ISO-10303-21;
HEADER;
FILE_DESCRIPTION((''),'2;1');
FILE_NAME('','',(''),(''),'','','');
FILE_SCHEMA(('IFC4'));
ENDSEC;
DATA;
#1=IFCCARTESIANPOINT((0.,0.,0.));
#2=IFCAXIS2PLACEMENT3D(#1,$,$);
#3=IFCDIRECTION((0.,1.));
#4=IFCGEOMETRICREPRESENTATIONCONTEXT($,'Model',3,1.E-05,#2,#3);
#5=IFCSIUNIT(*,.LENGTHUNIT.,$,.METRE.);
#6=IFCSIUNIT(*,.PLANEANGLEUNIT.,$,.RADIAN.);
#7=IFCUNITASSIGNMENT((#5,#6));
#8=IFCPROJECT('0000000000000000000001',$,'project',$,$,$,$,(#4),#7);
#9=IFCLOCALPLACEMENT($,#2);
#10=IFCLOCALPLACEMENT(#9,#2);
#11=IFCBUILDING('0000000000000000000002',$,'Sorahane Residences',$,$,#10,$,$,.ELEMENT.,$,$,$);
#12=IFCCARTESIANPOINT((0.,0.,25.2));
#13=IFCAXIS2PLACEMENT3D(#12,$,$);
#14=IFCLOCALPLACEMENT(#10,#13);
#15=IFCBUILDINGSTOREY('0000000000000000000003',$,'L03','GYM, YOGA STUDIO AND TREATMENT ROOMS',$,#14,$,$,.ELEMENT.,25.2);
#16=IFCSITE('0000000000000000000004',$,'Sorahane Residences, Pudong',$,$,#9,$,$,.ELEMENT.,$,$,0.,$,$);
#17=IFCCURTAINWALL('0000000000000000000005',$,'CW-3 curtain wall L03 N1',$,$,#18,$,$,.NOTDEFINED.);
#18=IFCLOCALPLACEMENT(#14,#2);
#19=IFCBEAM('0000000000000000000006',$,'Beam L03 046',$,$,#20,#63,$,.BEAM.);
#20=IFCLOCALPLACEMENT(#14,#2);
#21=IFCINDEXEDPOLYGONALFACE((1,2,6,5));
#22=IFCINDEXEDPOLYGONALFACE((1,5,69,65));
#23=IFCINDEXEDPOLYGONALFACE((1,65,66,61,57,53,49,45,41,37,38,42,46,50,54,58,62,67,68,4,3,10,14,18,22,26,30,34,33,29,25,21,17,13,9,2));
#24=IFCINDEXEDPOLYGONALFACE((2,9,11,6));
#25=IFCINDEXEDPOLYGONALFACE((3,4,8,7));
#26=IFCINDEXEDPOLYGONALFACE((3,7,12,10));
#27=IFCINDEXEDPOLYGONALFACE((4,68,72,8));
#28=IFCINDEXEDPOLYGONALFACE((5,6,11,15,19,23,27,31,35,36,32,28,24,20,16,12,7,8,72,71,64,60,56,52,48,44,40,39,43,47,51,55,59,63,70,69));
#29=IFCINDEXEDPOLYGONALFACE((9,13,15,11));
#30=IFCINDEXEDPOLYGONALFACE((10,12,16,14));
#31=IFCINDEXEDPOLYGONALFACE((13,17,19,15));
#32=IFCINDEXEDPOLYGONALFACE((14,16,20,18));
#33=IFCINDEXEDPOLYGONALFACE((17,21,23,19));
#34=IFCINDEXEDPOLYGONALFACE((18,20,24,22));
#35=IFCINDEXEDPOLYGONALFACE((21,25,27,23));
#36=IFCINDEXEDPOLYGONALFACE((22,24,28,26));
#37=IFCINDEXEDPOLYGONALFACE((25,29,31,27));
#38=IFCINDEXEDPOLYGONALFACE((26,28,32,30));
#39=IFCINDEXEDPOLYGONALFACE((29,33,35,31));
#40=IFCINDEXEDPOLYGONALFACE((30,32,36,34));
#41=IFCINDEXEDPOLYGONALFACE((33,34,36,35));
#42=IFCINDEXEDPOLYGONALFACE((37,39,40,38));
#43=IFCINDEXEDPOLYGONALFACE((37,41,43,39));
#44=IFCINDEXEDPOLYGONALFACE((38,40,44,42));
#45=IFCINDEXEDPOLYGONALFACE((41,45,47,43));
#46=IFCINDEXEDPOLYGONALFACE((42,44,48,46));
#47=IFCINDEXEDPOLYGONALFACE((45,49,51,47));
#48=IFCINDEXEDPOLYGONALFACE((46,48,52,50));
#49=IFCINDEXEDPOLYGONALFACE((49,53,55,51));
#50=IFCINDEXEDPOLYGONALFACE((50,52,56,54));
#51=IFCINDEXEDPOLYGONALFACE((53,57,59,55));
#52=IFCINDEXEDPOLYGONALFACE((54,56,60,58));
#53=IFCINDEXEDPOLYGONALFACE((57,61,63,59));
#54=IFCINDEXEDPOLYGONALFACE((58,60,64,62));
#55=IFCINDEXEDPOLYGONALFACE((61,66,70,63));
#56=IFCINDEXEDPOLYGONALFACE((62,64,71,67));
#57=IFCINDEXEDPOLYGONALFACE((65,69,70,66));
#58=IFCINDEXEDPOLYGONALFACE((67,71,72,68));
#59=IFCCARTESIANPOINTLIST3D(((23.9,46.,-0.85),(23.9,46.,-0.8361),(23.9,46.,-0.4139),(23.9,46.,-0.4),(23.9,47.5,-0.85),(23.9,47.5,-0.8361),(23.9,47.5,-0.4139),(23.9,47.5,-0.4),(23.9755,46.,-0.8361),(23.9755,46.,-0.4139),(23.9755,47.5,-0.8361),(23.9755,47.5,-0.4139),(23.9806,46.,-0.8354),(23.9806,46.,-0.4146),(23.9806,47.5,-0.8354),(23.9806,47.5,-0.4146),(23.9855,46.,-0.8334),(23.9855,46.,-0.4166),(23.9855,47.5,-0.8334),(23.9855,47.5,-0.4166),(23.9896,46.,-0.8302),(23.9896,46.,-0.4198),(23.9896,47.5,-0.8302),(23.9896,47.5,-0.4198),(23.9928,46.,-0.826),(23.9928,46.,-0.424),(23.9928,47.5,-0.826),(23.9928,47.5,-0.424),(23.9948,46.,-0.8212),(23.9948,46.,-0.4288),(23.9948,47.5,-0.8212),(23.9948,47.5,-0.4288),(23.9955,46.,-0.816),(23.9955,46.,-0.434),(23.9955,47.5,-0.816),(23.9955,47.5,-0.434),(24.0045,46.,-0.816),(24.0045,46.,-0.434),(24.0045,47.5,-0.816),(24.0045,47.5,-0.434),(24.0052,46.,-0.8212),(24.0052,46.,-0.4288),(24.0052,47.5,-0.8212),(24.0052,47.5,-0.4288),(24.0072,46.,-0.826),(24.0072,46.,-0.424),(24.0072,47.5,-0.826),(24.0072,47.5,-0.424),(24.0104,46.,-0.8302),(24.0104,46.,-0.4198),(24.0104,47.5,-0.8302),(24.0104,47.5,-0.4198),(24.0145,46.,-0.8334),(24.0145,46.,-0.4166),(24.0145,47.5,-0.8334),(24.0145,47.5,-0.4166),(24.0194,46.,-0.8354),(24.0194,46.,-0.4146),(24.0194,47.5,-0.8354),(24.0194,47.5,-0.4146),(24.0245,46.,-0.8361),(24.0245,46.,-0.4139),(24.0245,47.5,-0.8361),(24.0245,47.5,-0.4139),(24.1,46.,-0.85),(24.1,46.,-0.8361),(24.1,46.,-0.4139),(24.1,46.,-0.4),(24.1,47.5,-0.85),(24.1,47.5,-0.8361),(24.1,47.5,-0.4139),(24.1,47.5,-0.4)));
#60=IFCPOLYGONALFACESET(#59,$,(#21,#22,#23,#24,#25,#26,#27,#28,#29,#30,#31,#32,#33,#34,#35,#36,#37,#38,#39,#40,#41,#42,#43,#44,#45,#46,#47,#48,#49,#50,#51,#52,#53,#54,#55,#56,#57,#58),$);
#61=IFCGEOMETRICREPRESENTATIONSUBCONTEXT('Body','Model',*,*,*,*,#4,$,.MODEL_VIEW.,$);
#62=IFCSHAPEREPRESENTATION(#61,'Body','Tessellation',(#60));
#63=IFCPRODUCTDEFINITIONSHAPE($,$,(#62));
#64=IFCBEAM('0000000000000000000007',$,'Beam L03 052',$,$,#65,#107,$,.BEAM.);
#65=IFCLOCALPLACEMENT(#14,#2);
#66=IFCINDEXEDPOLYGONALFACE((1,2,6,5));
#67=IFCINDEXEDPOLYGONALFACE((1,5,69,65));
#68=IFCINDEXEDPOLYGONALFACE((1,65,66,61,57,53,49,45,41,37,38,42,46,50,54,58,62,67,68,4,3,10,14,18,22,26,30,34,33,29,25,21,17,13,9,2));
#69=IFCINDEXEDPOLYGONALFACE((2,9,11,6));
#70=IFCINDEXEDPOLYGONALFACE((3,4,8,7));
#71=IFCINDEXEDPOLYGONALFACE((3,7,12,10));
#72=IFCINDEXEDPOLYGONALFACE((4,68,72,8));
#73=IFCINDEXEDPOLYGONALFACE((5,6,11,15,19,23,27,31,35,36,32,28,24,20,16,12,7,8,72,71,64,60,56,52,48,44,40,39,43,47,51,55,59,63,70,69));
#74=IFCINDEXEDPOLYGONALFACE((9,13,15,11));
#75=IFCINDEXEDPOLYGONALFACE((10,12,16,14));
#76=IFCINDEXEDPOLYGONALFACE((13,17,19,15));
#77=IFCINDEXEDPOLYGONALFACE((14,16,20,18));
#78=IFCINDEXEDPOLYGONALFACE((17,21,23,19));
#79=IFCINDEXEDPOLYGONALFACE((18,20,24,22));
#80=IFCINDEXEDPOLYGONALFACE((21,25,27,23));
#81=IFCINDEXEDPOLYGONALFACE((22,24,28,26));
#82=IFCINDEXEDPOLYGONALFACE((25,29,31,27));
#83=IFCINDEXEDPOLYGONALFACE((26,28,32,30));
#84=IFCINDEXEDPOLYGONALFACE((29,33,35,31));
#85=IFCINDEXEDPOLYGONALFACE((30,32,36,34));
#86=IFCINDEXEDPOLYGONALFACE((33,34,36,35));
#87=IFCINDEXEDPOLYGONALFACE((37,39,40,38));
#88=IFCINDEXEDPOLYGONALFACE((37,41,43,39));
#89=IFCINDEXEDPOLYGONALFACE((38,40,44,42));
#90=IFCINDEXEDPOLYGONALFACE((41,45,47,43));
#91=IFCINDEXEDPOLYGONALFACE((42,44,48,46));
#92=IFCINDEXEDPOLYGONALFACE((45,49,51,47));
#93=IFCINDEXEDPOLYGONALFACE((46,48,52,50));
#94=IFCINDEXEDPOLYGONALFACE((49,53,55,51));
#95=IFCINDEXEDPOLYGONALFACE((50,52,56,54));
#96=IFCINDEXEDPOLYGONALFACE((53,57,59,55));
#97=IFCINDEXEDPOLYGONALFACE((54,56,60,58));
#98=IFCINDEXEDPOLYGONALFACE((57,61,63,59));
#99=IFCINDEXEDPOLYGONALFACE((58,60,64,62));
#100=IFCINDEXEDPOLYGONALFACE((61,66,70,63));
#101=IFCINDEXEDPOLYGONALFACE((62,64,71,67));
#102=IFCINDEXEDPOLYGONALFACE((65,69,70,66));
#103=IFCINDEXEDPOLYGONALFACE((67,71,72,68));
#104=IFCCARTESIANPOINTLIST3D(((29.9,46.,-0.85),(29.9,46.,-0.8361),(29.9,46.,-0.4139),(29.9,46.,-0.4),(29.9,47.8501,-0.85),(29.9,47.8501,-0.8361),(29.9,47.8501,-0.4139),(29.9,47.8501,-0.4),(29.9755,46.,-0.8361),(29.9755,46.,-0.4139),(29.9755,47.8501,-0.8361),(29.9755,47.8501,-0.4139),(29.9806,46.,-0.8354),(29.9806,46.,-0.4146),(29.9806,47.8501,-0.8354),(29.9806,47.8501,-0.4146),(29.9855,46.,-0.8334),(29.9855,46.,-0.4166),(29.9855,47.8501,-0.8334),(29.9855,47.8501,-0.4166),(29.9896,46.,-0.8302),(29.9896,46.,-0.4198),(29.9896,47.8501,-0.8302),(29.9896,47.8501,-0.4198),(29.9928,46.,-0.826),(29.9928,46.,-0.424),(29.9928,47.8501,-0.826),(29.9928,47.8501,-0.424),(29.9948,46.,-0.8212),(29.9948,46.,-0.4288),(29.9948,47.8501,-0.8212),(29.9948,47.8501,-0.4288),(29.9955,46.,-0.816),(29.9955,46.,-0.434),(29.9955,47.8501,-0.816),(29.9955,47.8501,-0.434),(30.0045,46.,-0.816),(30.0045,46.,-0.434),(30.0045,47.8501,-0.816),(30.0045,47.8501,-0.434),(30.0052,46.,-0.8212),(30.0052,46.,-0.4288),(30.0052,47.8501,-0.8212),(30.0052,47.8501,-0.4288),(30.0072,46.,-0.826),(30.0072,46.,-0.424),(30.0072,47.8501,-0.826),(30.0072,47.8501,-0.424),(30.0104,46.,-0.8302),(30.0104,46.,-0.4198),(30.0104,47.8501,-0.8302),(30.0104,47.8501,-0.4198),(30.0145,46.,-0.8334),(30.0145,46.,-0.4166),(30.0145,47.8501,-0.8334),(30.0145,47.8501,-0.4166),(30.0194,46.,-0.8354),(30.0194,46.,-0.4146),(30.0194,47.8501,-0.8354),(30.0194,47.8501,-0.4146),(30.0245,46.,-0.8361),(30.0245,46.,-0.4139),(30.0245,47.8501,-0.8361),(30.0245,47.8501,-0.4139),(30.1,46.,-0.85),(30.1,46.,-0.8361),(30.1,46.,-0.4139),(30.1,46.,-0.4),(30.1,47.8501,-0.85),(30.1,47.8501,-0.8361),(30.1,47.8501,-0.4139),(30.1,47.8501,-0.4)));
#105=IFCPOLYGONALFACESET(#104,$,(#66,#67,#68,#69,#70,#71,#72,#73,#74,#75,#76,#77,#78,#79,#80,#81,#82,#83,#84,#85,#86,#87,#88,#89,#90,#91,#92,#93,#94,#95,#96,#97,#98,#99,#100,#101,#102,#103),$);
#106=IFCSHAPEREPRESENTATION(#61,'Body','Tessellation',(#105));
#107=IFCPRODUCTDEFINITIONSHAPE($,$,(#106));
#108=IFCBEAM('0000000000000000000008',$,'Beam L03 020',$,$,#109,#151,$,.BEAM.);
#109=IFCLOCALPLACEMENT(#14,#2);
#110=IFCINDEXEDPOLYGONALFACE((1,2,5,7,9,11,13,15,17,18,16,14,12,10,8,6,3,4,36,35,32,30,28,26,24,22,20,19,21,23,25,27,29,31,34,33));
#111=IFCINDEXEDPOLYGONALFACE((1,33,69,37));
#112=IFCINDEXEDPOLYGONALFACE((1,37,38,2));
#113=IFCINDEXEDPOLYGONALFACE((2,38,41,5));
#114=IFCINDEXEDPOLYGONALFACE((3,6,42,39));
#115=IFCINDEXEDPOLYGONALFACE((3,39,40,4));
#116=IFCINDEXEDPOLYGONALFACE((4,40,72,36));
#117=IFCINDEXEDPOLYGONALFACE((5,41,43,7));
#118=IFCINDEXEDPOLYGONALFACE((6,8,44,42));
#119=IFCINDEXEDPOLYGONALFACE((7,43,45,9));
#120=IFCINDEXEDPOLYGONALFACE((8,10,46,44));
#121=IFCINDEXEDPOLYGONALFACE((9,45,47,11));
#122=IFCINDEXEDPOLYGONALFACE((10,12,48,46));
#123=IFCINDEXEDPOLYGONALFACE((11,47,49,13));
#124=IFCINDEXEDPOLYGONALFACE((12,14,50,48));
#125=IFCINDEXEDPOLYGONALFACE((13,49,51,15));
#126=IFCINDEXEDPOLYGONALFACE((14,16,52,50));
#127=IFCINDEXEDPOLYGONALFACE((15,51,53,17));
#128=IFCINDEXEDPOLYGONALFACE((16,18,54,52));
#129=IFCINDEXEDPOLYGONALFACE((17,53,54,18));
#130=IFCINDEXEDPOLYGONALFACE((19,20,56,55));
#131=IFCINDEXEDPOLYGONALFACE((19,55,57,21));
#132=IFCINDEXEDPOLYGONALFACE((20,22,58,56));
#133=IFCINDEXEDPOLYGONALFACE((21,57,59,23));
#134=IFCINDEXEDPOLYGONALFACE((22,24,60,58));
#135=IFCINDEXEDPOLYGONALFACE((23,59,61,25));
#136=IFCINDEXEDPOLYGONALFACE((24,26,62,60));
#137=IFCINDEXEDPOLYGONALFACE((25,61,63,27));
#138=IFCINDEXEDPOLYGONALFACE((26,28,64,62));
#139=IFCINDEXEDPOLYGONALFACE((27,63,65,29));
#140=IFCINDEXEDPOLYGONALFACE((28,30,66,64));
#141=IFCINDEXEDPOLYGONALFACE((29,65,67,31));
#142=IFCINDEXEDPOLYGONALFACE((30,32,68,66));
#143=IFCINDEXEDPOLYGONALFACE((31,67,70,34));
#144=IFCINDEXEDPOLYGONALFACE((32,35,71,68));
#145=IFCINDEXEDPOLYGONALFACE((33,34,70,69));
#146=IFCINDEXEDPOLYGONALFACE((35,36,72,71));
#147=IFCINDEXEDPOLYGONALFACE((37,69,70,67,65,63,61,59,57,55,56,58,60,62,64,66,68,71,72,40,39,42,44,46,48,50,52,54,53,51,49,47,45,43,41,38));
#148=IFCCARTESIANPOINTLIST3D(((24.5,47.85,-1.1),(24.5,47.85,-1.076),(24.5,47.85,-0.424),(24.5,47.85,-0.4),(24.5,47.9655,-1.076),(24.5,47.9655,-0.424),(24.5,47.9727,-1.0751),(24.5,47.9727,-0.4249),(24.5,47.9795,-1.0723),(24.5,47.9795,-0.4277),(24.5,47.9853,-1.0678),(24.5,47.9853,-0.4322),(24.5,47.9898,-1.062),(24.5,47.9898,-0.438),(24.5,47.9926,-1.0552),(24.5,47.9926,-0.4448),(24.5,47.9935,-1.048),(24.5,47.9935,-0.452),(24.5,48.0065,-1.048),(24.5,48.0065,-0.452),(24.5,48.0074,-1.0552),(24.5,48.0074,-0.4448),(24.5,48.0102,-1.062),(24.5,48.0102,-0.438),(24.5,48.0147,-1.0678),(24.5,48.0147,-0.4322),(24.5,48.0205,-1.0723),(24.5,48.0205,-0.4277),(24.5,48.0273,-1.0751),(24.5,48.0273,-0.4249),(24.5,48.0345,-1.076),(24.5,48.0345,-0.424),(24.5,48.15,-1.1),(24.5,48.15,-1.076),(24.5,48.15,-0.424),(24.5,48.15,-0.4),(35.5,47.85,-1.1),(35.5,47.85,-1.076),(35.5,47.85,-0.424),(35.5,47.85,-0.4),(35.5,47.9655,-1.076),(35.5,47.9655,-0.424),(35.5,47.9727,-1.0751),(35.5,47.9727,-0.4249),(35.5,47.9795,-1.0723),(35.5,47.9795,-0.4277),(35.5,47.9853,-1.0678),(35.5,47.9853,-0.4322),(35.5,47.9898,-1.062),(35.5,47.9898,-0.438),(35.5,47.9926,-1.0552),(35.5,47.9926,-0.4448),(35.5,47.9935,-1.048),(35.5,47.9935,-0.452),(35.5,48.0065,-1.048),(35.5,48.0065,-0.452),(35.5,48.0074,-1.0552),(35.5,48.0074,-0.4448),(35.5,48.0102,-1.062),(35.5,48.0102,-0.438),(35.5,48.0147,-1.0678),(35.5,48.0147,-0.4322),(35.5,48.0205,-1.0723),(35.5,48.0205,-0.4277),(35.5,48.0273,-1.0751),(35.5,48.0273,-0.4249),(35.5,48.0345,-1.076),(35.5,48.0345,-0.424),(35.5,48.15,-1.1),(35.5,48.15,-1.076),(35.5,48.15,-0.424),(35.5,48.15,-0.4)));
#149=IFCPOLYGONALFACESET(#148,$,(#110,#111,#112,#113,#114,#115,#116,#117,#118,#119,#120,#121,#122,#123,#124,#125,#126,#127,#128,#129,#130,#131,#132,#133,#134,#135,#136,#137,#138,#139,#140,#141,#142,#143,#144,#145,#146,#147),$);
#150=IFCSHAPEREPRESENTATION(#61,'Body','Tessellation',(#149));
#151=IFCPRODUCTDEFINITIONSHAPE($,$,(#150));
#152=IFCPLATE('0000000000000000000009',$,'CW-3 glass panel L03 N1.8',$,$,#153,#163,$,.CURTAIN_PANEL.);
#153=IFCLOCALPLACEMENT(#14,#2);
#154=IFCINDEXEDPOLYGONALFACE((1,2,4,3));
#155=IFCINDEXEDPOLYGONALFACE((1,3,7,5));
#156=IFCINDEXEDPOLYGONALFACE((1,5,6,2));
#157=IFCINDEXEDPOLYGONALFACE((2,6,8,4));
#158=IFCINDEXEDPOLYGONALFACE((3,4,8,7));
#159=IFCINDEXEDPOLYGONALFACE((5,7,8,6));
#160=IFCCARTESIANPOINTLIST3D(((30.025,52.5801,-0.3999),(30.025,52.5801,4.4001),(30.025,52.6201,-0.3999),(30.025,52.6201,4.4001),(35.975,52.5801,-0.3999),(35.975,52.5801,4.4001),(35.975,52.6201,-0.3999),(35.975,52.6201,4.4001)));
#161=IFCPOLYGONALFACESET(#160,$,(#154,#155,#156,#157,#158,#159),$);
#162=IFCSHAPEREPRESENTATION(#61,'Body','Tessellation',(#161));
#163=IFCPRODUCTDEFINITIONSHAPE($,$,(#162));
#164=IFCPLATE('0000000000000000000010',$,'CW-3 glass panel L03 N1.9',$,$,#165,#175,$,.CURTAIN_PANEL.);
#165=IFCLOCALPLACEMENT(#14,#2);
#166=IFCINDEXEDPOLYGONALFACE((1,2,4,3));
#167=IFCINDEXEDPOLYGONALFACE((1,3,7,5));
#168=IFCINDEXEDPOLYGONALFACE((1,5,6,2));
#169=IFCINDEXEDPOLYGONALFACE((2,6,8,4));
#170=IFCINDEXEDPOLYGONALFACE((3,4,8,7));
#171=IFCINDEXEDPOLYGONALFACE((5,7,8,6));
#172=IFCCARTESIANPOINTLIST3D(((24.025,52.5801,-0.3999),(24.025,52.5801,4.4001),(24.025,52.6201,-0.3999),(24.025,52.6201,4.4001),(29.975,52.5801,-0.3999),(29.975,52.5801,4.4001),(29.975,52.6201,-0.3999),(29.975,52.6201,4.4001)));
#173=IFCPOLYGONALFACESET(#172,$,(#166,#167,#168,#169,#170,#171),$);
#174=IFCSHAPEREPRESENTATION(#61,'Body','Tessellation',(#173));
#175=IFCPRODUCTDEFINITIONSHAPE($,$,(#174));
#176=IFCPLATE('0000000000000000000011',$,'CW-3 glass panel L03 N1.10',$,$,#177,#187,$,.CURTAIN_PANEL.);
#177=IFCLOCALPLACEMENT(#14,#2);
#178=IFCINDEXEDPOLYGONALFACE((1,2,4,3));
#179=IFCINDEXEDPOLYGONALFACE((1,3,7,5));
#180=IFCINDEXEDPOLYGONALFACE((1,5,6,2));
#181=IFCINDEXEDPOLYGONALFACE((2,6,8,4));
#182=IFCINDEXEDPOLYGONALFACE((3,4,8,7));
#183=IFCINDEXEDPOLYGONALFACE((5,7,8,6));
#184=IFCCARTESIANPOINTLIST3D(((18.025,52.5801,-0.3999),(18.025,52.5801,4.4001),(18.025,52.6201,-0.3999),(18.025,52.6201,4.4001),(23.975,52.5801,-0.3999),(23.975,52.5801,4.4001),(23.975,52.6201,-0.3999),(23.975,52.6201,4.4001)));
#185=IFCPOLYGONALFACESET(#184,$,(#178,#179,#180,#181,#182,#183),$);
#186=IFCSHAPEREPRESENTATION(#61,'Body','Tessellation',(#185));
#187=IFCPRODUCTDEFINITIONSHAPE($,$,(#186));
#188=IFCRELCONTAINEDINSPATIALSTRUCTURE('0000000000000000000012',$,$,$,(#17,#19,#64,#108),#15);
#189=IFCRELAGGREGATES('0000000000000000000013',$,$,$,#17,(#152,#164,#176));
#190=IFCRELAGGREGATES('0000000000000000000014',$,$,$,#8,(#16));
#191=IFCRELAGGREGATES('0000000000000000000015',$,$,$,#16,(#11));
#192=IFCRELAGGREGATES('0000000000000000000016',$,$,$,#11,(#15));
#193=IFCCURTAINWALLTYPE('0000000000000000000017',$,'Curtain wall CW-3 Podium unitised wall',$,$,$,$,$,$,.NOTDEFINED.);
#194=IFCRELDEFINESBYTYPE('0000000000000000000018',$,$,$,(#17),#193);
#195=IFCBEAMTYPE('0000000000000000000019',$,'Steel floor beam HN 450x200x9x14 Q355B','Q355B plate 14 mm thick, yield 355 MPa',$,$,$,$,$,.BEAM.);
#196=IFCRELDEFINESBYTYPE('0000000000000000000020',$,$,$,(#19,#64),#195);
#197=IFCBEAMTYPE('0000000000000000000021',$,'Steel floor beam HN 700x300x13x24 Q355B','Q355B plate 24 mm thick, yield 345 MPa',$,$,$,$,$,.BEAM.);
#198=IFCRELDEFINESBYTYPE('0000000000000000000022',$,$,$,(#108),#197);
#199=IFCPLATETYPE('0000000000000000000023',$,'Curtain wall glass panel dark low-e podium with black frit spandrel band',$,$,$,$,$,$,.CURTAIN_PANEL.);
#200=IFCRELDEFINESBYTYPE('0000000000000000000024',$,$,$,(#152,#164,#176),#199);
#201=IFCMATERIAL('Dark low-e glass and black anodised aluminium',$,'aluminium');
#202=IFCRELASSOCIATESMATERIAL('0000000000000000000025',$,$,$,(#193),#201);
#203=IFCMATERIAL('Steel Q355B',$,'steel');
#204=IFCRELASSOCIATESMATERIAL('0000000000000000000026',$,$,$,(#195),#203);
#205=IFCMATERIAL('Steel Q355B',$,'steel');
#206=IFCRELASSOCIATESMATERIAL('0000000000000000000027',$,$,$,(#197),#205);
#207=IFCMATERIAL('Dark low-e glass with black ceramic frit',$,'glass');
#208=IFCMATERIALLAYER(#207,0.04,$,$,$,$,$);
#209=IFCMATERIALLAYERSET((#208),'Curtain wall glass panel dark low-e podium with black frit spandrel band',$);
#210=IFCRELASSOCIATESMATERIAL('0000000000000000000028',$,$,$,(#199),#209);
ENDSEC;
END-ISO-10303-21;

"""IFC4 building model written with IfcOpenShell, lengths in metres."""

from ifc_helpers import new_model, si_unit, direction, frame, origin, origin_2d, place, context, subcontext, project, spatial, rectangle, i_section, extrude, material, layer, layer_set, material_profile, profile_set, type_object, element, aggregate, save


model = new_model("IFC4")

# Units and contexts
model_context = context("Model", 3, precision=1e-05, world=origin(), true_north=direction((0.0, 1.0)))
body_context = subcontext(model_context, "Body", "Model", "MODEL_VIEW")
ifc_project = project(units=[si_unit("LENGTHUNIT", "METRE"), si_unit("PLANEANGLEUNIT", "RADIAN")], contexts=[model_context])

# Site, building, storey
site_placement = place(None, origin())
site = spatial("IfcSite", under=ifc_project, at=site_placement, Name="Sorahane Residences, Pudong", CompositionType="ELEMENT", RefElevation=0.0)
building_placement = place(site_placement, origin())
building = spatial("IfcBuilding", under=site, at=building_placement, Name="Sorahane Residences", CompositionType="ELEMENT")
storey_placement = place(building_placement, frame((0.0, 0.0, 25.2)))
storey = spatial("IfcBuildingStorey", under=building, at=storey_placement, Name="L03", Description="GYM, YOGA STUDIO AND TREATMENT ROOMS", CompositionType="ELEMENT", Elevation=25.2)

# Curtain wall
ifc_material_1 = material(Name="Dark low-e glass and black anodised aluminium", Category="aluminium")
curtain_wall_type = type_object("IfcCurtainWallType", Name="Curtain wall CW-3 Podium unitised wall", PredefinedType="NOTDEFINED", material=ifc_material_1)
curtain_wall_placement = place(storey_placement, origin())
curtain_wall = element("IfcCurtainWall", 1, at=curtain_wall_placement, inside=storey, type_object=curtain_wall_type, Name="CW-3 curtain wall L03 N1", PredefinedType="NOTDEFINED")

# Beams
ifc_material_2 = material(Name="Steel Q355B", Category="steel")
ifc_material_profile_1 = material_profile(ifc_material_2, i_section(OverallWidth=0.2, OverallDepth=0.45, WebThickness=0.009, FlangeThickness=0.0139, FilletRadius=0.02, at=origin_2d()), Name="HN 450x200x9x14")
ifc_profile_set_1 = profile_set([ifc_material_profile_1], Name="Steel Q355B")
beam_type_1 = type_object("IfcBeamType", Name="Steel floor beam HN 450x200x9x14 Q355B", Description="Q355B plate 14 mm thick, yield 355 MPa", PredefinedType="BEAM", material=ifc_profile_set_1)
beam_1_placement = place(storey_placement, frame((24.0, 46.0, -0.625), z_axis=(0.0, 1.0, 0.0), x_axis=(-1.0, 0.0, 0.0)))
element("IfcBeam", 2, at=beam_1_placement, inside=storey, type_object=beam_type_1, Name="Beam L03 046", PredefinedType="BEAM", context=body_context, shape_type="SweptSolid", body=[
    extrude(i_section(OverallWidth=0.2, OverallDepth=0.45, WebThickness=0.009, FlangeThickness=0.0139, FilletRadius=0.02, at=origin_2d()), origin(), (0.0, 0.0, 1.0), 1.5),
])
beam_2_placement = place(storey_placement, frame((30.0, 46.0, -0.625), z_axis=(0.0, 1.0, 0.0), x_axis=(-1.0, 0.0, 0.0)))
element("IfcBeam", 3, at=beam_2_placement, inside=storey, type_object=beam_type_1, Name="Beam L03 052", PredefinedType="BEAM", context=body_context, shape_type="SweptSolid", body=[
    extrude(i_section(OverallWidth=0.2, OverallDepth=0.45, WebThickness=0.009, FlangeThickness=0.0139, FilletRadius=0.02, at=origin_2d()), origin(), (0.0, 0.0, 1.0), 1.8501),
])
ifc_material_3 = material(Name="Steel Q355B", Category="steel")
ifc_material_profile_2 = material_profile(ifc_material_3, i_section(OverallWidth=0.3, OverallDepth=0.7, WebThickness=0.0129, FlangeThickness=0.0239, FilletRadius=0.0281, at=origin_2d()), Name="HN 700x300x13x24")
ifc_profile_set_2 = profile_set([ifc_material_profile_2], Name="Steel Q355B")
beam_type_2 = type_object("IfcBeamType", Name="Steel floor beam HN 700x300x13x24 Q355B", Description="Q355B plate 24 mm thick, yield 345 MPa", PredefinedType="BEAM", material=ifc_profile_set_2)
beam_3_placement = place(storey_placement, frame((24.5, 48.0, -0.75), z_axis=(1.0, 0.0, 0.0), x_axis=(0.0, 1.0, 0.0)))
element("IfcBeam", 4, at=beam_3_placement, inside=storey, type_object=beam_type_2, Name="Beam L03 020", PredefinedType="BEAM", context=body_context, shape_type="SweptSolid", body=[
    extrude(i_section(OverallWidth=0.3, OverallDepth=0.7, WebThickness=0.0129, FlangeThickness=0.0239, FilletRadius=0.0281, at=origin_2d()), origin(), (0.0, 0.0, 1.0), 11.0),
])

# Plates
ifc_material_4 = material(Name="Dark low-e glass with black ceramic frit", Category="glass")
ifc_layer_1 = layer(ifc_material_4, 0.04)
ifc_layer_set_1 = layer_set([ifc_layer_1], Name="Curtain wall glass panel dark low-e podium with black frit spandrel band")
plate_type = type_object("IfcPlateType", Name="Curtain wall glass panel dark low-e podium with black frit spandrel band", PredefinedType="CURTAIN_PANEL", material=ifc_layer_set_1)
plate_1_placement = place(storey_placement, frame((33.0, 52.6001, -0.3999), z_axis=(0.0, 0.0, 1.0), x_axis=(-1.0, 0.0, 0.0)))
plate_1 = element("IfcPlate", 5, at=plate_1_placement, type_object=plate_type, Name="CW-3 glass panel L03 N1.8", PredefinedType="CURTAIN_PANEL", context=body_context, shape_type="SweptSolid", body=[
    extrude(rectangle(XDim=5.95, YDim=0.04, at=origin_2d()), origin(), (0.0, 0.0, 1.0), 4.8),
])
plate_2_placement = place(storey_placement, frame((27.0, 52.6001, -0.3999), z_axis=(0.0, 0.0, 1.0), x_axis=(-1.0, 0.0, 0.0)))
plate_2 = element("IfcPlate", 6, at=plate_2_placement, type_object=plate_type, Name="CW-3 glass panel L03 N1.9", PredefinedType="CURTAIN_PANEL", context=body_context, shape_type="SweptSolid", body=[
    extrude(rectangle(XDim=5.95, YDim=0.04, at=origin_2d()), origin(), (0.0, 0.0, 1.0), 4.8),
])
plate_3_placement = place(storey_placement, frame((21.0, 52.6001, -0.3999), z_axis=(0.0, 0.0, 1.0), x_axis=(-1.0, 0.0, 0.0)))
plate_3 = element("IfcPlate", 7, at=plate_3_placement, type_object=plate_type, Name="CW-3 glass panel L03 N1.10", PredefinedType="CURTAIN_PANEL", context=body_context, shape_type="SweptSolid", body=[
    extrude(rectangle(XDim=5.95, YDim=0.04, at=origin_2d()), origin(), (0.0, 0.0, 1.0), 4.8),
])
aggregate(curtain_wall, [plate_1, plate_2, plate_3])

save(model, "model.ifc")
